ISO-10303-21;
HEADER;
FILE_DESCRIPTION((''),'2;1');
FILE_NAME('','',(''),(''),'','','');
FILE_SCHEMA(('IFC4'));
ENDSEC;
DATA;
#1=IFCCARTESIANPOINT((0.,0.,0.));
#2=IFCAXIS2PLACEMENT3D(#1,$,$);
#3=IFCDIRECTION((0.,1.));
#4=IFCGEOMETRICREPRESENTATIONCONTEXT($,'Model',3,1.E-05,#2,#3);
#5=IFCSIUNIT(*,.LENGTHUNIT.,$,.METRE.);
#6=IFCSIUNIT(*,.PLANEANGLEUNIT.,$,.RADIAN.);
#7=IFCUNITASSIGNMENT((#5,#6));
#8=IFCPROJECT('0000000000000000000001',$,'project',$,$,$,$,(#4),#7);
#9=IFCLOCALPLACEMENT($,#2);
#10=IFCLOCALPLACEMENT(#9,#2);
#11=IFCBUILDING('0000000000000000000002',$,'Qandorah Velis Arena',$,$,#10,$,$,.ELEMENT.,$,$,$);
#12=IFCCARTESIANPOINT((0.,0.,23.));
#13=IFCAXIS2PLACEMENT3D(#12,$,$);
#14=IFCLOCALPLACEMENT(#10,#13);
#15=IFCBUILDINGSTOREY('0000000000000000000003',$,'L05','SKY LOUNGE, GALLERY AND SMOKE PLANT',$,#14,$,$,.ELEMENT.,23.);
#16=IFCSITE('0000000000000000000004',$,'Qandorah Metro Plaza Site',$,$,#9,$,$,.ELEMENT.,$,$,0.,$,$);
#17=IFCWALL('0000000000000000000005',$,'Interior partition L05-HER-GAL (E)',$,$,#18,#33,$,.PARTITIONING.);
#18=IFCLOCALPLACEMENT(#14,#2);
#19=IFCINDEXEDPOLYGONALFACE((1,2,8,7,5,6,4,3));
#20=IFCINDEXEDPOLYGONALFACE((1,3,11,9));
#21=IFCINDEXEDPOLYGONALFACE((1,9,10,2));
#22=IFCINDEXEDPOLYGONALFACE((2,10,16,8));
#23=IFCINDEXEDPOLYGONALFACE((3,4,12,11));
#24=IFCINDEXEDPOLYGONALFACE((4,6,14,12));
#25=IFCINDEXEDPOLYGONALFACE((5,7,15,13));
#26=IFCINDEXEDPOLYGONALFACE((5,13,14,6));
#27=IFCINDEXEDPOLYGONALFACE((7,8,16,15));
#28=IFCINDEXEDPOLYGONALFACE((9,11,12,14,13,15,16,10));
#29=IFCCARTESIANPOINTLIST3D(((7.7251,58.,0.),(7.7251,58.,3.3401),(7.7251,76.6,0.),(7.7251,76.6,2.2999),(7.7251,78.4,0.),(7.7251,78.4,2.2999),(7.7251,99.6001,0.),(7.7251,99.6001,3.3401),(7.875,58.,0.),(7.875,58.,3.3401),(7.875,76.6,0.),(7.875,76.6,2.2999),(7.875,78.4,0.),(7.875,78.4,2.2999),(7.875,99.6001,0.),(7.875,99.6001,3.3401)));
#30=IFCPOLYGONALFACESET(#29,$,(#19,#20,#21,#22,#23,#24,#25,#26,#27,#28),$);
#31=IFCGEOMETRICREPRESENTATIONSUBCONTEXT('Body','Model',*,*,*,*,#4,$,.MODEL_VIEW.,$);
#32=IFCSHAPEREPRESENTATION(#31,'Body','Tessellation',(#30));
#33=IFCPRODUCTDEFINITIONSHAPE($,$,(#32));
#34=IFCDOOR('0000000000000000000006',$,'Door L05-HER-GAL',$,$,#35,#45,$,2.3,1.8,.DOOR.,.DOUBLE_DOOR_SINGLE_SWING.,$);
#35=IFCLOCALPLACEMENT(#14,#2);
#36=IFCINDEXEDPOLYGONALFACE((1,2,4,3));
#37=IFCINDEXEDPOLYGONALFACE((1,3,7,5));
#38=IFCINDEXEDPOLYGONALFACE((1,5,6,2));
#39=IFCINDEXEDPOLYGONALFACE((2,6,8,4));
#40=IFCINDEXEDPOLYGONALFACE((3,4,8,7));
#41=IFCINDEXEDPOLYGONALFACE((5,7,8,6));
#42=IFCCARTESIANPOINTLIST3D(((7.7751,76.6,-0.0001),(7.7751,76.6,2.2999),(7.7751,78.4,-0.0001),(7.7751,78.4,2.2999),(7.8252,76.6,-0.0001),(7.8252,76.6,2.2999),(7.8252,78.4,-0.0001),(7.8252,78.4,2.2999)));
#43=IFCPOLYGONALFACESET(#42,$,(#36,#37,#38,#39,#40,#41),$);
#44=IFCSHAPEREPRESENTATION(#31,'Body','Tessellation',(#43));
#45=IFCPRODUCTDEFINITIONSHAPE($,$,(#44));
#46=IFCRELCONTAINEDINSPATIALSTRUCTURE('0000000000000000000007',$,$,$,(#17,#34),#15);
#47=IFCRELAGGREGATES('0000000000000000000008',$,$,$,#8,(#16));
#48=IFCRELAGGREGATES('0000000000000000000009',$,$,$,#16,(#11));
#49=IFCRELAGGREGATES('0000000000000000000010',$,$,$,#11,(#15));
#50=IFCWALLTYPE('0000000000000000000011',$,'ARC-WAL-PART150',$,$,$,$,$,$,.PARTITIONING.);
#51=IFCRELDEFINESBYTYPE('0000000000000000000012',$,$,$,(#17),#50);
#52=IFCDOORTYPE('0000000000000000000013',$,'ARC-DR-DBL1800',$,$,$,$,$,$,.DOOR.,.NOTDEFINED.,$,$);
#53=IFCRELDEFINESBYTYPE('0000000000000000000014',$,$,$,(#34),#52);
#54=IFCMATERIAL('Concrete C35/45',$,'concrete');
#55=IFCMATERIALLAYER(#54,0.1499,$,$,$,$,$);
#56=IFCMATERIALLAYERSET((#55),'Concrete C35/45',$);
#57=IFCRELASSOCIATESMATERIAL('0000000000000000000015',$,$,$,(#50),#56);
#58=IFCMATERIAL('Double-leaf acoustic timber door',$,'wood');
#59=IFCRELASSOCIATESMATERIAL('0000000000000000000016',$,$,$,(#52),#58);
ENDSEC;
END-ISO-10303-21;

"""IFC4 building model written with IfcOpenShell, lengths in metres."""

from ifc_helpers import new_model, si_unit, direction, frame, frame_2d, origin, place, context, subcontext, project, spatial, rectangle, extrude, material, layer, layer_set, type_object, element, fill, save


model = new_model("IFC4")

# Units and contexts
model_context = context("Model", 3, precision=1e-05, world=origin(), true_north=direction((0.0, 1.0)))
body_context = subcontext(model_context, "Body", "Model", "MODEL_VIEW")
ifc_project = project(units=[si_unit("LENGTHUNIT", "METRE"), si_unit("PLANEANGLEUNIT", "RADIAN")], contexts=[model_context])

# Site, building, storey
site_placement = place(None, origin())
site = spatial("IfcSite", under=ifc_project, at=site_placement, Name="Qandorah Metro Plaza Site", CompositionType="ELEMENT", RefElevation=0.0)
building_placement = place(site_placement, origin())
building = spatial("IfcBuilding", under=site, at=building_placement, Name="Qandorah Velis Arena", CompositionType="ELEMENT")
storey_placement = place(building_placement, frame((0.0, 0.0, 23.0)))
storey = spatial("IfcBuildingStorey", under=building, at=storey_placement, Name="L05", Description="SKY LOUNGE, GALLERY AND SMOKE PLANT", CompositionType="ELEMENT", Elevation=23.0)

# Shared definitions
ifc_material_1 = material(Name="Concrete C35/45", Category="concrete")
ifc_layer_1 = layer(ifc_material_1, 0.1499)
ifc_layer_set_1 = layer_set([ifc_layer_1], Name="Concrete C35/45")
wall_type_1 = type_object("IfcWallType", Name="ARC-WAL-PART150", PredefinedType="PARTITIONING", material=ifc_layer_set_1)

# Wall, opening, door
wall_1_placement = place(storey_placement, frame((7.8, 58.0, 0.0), z_axis=(0.0, 0.0, 1.0), x_axis=(0.0, 1.0, 0.0)))
wall_1 = element("IfcWall", 1, at=wall_1_placement, inside=storey, type_object=wall_type_1, Name="Interior partition L05-HER-GAL (E)", PredefinedType="PARTITIONING", context=body_context, shape_type="SweptSolid", body=[
    extrude(rectangle(XDim=41.6001, YDim=0.1499, at=frame_2d((20.8, 0.0))), origin(), (0.0, 0.0, 1.0), 3.3401),
])
opening_placement = place(wall_1_placement, frame((18.6001, 0.0, 0.0)))
opening = element("IfcOpeningElement", 2, at=opening_placement, cuts=wall_1, PredefinedType="OPENING", context=body_context, shape_type="SweptSolid", body=[
    extrude(rectangle(XDim=1.8, YDim=2.3, at=frame_2d((0.8999, 1.1499))), frame((0.0, 0.085, 0.0), z_axis=(0.0, -1.0, 0.0), x_axis=(1.0, 0.0, 0.0)), (0.0, 0.0, 1.0), 0.1699),
])
ifc_material_2 = material(Name="Double-leaf acoustic timber door", Category="wood")
door_type = type_object("IfcDoorType", Name="ARC-DR-DBL1800", OperationType="NOTDEFINED", PredefinedType="DOOR", material=ifc_material_2)
door_placement = place(opening_placement, origin())
door = element("IfcDoor", 3, at=door_placement, inside=storey, type_object=door_type, Name="Door L05-HER-GAL", OperationType="DOUBLE_DOOR_SINGLE_SWING", OverallHeight=2.3, OverallWidth=1.8, PredefinedType="DOOR", context=body_context, shape_type="SweptSolid", body=[
    extrude(rectangle(XDim=1.8, YDim=2.3, at=frame_2d((0.8999, 1.1499))), frame((0.0, 0.0249, 0.0), z_axis=(0.0, -1.0, 0.0), x_axis=(1.0, 0.0, 0.0)), (0.0, 0.0, 1.0), 0.05),
])
fill(opening, door)

save(model, "model.ifc")
